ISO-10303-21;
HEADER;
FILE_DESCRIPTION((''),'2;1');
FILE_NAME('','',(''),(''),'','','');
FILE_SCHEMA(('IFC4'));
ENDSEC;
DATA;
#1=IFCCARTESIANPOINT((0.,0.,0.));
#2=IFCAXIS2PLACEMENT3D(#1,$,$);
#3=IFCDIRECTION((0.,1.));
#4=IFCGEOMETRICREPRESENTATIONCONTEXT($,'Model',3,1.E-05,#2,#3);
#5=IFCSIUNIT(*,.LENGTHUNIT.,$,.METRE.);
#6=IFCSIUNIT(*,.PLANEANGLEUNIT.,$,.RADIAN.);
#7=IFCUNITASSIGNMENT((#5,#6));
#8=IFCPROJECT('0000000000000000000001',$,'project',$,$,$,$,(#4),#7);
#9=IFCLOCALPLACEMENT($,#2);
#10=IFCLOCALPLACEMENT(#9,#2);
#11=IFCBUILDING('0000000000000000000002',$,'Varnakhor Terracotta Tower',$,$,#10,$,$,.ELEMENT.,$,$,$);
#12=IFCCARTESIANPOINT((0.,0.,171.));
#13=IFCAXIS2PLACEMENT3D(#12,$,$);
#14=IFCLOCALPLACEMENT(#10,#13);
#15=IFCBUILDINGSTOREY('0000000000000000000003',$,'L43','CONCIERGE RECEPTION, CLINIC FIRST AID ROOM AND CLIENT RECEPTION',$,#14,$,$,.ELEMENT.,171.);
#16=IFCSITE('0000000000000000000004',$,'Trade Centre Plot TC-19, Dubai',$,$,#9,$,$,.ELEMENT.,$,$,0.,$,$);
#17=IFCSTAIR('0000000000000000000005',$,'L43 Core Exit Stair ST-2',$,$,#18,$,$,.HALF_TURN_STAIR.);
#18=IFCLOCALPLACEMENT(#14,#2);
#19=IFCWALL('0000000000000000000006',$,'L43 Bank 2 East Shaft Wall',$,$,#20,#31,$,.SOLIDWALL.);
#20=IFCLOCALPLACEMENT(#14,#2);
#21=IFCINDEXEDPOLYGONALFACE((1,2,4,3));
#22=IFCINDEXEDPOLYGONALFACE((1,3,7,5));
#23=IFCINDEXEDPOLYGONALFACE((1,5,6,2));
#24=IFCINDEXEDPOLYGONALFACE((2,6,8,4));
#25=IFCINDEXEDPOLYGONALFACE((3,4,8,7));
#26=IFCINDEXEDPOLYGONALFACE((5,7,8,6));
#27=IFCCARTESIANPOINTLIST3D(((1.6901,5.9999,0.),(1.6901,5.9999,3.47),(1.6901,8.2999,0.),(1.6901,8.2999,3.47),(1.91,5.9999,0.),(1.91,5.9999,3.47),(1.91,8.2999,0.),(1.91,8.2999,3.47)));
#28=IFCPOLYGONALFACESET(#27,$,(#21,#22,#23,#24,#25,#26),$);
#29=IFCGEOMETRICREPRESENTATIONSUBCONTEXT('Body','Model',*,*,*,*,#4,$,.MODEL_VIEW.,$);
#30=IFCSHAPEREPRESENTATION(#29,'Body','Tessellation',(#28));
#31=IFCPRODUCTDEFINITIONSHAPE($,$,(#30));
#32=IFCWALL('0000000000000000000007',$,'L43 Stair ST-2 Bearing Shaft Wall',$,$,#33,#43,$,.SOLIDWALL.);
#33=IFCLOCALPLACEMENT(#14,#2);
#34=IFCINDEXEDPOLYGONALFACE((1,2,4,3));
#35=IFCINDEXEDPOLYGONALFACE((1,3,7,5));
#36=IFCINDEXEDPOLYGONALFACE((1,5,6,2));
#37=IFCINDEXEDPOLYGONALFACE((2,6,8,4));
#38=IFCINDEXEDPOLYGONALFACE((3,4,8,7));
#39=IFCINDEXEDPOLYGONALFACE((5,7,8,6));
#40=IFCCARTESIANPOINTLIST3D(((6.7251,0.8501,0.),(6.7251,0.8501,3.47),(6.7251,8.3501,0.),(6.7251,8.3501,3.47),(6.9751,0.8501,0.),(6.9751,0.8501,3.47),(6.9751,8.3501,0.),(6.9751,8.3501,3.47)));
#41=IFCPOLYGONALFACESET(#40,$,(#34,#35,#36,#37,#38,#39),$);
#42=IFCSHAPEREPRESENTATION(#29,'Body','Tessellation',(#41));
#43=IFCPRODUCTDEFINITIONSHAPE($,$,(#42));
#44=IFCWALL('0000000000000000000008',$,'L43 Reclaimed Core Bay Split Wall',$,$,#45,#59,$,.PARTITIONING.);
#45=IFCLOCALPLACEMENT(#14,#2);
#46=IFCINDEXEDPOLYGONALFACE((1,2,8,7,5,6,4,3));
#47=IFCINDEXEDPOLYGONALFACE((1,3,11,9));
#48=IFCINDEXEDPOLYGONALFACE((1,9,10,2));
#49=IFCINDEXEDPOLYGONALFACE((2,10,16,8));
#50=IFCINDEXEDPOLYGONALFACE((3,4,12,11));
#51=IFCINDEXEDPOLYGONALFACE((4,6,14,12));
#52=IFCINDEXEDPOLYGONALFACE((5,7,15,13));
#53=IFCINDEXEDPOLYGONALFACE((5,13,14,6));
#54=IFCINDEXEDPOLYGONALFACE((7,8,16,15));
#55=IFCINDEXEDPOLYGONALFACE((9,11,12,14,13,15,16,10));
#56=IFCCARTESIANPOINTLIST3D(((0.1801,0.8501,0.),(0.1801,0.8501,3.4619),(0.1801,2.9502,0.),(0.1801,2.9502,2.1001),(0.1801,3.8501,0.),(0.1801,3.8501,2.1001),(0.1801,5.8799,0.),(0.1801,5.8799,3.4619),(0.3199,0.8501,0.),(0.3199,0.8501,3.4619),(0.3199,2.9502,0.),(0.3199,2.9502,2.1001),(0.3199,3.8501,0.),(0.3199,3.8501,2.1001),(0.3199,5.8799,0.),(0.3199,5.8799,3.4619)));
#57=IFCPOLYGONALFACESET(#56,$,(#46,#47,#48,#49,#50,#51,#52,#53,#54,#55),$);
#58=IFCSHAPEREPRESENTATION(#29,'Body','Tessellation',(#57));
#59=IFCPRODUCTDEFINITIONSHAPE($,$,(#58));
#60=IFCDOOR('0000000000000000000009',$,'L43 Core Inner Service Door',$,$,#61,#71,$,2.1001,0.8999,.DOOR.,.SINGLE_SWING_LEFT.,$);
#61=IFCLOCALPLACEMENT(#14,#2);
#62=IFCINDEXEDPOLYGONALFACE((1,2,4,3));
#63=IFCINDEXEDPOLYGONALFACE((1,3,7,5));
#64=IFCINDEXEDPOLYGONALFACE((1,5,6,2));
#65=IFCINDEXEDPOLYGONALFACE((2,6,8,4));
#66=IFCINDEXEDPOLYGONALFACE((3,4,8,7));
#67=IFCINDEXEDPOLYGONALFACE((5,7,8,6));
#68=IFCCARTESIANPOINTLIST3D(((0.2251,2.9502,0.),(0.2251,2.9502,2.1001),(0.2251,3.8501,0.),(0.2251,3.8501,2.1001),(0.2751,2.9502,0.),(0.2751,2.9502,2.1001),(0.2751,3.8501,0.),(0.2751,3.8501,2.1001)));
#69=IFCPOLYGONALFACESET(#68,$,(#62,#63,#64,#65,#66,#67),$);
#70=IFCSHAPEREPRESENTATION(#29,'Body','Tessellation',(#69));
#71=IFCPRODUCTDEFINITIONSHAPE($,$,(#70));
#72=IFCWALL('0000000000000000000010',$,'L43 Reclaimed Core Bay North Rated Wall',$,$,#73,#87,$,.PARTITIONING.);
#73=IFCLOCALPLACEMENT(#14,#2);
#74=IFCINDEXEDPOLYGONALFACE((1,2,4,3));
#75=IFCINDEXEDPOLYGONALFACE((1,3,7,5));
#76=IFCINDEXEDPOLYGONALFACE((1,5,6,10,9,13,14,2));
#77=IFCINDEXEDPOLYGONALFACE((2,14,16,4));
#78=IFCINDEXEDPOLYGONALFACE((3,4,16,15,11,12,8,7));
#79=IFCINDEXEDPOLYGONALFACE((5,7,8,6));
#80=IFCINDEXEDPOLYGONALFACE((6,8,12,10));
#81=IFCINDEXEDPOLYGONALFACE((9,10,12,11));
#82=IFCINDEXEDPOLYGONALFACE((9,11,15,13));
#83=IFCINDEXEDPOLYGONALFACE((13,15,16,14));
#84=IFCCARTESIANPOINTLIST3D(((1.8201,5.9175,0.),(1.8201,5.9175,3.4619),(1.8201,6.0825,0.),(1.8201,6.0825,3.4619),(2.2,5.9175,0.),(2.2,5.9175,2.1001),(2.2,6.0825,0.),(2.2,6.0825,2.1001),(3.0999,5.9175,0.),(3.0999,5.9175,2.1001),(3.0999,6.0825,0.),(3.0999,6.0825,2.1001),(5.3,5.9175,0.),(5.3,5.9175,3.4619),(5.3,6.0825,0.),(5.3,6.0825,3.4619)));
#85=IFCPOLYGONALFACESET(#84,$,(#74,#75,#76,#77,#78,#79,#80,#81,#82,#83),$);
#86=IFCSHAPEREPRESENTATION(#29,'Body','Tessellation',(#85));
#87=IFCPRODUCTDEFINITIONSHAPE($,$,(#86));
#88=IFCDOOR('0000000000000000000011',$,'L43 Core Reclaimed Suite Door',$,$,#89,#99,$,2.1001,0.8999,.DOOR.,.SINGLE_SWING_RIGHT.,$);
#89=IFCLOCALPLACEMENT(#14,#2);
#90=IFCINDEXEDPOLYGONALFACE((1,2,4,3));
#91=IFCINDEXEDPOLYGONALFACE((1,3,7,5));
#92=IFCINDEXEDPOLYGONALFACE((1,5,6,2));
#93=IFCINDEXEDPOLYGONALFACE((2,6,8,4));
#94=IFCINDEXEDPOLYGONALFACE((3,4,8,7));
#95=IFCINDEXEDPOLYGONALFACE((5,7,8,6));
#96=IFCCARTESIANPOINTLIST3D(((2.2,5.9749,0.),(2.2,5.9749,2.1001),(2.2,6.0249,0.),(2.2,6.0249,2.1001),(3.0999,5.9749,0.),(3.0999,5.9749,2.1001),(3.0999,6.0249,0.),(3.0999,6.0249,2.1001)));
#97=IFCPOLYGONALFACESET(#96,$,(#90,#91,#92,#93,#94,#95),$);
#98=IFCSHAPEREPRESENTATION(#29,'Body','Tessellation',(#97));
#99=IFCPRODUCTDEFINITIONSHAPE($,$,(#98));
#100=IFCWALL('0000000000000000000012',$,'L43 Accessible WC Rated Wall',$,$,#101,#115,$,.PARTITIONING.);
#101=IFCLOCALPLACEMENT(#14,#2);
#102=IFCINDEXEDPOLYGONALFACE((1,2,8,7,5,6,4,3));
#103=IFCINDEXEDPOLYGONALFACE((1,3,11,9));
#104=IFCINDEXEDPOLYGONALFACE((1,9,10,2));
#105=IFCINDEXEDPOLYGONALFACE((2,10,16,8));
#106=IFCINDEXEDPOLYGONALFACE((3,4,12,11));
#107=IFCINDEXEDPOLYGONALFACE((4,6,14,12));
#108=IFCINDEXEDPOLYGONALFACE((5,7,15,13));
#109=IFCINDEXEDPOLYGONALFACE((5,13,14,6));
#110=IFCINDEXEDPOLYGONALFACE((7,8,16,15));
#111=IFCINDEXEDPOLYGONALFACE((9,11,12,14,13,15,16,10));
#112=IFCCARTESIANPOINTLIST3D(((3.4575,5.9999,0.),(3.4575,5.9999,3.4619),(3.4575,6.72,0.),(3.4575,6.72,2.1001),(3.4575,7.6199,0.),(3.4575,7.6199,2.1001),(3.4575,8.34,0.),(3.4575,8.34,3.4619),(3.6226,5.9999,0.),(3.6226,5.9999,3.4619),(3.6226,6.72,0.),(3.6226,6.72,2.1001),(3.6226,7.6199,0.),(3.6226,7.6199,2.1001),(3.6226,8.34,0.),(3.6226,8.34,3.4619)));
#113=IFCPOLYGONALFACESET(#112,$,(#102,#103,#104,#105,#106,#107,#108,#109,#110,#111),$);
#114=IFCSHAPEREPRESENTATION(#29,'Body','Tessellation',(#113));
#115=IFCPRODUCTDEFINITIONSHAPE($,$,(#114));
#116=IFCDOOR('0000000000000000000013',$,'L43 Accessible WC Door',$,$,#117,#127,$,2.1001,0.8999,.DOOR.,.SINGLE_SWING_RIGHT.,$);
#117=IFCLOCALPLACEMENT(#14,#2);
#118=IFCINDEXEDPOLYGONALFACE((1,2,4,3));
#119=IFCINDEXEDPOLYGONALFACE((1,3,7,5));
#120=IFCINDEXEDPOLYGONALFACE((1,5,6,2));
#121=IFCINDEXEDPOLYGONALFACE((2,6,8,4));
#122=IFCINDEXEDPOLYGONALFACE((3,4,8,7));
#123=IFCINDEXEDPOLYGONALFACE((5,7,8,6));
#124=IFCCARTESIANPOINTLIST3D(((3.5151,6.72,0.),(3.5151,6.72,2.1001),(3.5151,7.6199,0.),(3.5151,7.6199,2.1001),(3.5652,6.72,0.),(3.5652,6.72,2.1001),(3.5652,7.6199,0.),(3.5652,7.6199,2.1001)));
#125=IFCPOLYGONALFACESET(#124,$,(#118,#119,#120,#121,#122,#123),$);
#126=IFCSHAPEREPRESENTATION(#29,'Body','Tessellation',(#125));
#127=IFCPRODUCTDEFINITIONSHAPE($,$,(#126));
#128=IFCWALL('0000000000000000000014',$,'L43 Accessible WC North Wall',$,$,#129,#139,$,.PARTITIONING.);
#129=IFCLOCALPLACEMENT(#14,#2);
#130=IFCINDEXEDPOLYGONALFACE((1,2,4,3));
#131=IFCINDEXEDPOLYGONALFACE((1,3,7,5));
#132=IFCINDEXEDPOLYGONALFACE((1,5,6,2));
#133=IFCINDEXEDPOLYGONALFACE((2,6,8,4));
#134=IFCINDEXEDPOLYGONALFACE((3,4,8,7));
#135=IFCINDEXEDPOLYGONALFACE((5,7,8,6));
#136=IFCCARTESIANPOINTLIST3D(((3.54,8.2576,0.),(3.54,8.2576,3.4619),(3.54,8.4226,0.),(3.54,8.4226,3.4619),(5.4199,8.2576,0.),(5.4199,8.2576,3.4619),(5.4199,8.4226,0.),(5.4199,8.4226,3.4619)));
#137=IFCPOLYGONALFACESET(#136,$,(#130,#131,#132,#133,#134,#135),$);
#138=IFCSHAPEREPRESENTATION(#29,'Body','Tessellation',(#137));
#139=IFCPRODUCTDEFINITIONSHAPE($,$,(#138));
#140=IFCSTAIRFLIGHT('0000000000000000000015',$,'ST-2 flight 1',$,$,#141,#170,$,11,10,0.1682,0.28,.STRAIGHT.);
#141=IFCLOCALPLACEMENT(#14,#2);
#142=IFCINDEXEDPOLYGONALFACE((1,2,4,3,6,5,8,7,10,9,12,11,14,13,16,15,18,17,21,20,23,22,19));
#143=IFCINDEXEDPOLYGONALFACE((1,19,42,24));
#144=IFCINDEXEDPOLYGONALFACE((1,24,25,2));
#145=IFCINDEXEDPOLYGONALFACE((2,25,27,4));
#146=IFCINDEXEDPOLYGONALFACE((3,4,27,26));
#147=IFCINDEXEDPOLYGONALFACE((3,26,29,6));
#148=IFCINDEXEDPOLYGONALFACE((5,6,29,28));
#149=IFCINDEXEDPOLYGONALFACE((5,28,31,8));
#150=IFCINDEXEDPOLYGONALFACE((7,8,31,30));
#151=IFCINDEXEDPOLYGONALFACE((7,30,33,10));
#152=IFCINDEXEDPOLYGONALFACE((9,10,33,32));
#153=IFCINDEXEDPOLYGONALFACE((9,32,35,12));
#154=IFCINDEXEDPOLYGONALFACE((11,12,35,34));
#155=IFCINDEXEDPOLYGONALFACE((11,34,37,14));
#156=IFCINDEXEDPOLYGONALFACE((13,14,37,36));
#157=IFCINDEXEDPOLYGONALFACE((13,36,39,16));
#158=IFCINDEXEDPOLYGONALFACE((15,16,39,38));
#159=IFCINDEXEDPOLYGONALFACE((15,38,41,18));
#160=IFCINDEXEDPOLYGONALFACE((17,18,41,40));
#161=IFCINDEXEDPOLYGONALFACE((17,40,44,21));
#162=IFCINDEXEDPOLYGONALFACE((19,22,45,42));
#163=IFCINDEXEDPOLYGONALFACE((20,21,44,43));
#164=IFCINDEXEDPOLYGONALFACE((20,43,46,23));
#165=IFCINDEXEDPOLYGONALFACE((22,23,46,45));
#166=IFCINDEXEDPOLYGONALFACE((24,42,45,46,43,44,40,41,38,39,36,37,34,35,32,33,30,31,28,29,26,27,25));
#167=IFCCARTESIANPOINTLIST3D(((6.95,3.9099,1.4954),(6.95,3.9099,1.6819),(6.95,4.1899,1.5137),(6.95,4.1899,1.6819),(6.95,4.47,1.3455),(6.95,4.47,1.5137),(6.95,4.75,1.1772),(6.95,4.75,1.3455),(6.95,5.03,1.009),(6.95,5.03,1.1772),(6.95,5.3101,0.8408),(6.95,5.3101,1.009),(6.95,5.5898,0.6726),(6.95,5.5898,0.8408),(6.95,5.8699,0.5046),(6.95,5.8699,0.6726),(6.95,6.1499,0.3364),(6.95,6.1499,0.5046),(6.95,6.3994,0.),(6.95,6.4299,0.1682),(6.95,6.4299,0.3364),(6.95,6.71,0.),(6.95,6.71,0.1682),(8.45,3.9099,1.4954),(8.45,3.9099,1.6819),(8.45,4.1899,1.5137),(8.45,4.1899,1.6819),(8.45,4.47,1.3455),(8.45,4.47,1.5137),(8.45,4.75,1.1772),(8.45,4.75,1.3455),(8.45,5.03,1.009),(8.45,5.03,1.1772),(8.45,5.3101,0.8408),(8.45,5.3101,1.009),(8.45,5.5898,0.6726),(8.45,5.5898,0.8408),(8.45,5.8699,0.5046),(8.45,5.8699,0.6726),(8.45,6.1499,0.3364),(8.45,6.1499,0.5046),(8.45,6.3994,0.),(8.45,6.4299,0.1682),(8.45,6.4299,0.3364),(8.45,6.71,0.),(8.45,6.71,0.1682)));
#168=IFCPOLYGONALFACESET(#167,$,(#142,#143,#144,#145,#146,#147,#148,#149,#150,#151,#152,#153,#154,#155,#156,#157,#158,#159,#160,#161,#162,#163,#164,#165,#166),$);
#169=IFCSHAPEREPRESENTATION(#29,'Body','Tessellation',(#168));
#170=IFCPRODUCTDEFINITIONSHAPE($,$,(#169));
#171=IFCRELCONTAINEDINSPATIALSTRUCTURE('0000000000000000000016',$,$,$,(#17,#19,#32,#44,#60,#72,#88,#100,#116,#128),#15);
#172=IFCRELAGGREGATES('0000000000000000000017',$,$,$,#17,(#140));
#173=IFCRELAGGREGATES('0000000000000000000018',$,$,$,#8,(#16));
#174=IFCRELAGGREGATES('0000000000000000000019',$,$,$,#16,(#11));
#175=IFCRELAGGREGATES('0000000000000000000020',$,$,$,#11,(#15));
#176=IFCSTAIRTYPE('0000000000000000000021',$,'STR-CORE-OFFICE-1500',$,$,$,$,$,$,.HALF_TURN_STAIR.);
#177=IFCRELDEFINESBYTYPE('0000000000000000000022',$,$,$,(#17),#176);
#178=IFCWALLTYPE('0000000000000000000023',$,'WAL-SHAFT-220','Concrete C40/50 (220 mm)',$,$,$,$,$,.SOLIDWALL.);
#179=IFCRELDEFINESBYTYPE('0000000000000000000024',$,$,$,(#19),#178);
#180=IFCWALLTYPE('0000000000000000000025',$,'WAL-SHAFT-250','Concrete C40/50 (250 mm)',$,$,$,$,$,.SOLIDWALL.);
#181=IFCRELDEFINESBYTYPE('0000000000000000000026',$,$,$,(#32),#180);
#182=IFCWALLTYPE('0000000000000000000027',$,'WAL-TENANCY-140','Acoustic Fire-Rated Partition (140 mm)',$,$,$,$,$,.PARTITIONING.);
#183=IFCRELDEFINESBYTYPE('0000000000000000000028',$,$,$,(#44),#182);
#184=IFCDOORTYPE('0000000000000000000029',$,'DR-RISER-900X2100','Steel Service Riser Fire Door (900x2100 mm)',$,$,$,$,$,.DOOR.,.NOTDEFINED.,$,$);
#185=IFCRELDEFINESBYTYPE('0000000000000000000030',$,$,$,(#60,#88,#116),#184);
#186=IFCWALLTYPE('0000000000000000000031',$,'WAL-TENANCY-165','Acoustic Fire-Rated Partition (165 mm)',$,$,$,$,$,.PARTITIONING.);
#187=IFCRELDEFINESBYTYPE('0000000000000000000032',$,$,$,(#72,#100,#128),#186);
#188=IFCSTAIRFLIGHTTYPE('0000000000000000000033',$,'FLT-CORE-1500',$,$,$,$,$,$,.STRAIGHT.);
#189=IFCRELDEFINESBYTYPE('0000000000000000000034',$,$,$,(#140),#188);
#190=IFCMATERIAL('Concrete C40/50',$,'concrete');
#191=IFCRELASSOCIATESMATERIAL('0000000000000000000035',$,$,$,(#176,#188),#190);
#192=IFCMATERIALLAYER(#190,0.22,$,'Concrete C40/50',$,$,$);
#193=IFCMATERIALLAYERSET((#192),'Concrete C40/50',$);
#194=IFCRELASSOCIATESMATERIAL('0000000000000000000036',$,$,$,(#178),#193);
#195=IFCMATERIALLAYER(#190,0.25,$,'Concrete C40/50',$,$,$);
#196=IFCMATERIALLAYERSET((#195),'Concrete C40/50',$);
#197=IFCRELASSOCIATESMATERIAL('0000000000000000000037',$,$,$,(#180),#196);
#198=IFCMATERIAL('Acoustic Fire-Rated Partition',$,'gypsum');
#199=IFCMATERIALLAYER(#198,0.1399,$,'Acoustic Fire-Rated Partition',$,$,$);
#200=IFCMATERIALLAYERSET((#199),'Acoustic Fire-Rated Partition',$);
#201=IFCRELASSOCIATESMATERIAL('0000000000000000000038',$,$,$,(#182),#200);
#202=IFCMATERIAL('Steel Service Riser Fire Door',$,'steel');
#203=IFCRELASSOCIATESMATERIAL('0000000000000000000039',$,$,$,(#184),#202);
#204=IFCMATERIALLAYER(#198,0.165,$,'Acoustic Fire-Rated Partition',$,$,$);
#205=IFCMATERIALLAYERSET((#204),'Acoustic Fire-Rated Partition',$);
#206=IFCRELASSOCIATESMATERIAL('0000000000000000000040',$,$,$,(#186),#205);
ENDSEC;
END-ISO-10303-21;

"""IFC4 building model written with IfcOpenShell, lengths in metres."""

from ifc_helpers import new_model, si_unit, direction, frame, frame_2d, origin, place, context, subcontext, project, spatial, polyline, rectangle, outline, extrude, source, transform, mapped, material, layer, layer_set, type_object, type_shapes, element, fill, aggregate, save


model = new_model("IFC4")

# Units and contexts
model_context = context("Model", 3, precision=1e-05, world=origin(), true_north=direction((0.0, 1.0)))
body_context = subcontext(model_context, "Body", "Model", "MODEL_VIEW")
ifc_project = project(units=[si_unit("LENGTHUNIT", "METRE"), si_unit("PLANEANGLEUNIT", "RADIAN")], contexts=[model_context])

# Site, building, storey
site_placement = place(None, origin())
site = spatial("IfcSite", under=ifc_project, at=site_placement, Name="Trade Centre Plot TC-19, Dubai", CompositionType="ELEMENT", RefElevation=0.0)
building_placement = place(site_placement, origin())
building = spatial("IfcBuilding", under=site, at=building_placement, Name="Varnakhor Terracotta Tower", CompositionType="ELEMENT")
storey_placement = place(building_placement, frame((0.0, 0.0, 171.0)))
storey = spatial("IfcBuildingStorey", under=building, at=storey_placement, Name="L43", Description="CONCIERGE RECEPTION, CLINIC FIRST AID ROOM AND CLIENT RECEPTION", CompositionType="ELEMENT", Elevation=171.0)

# Stair
ifc_material_1 = material(Name="Concrete C40/50", Category="concrete")
stair_type = type_object("IfcStairType", Name="STR-CORE-OFFICE-1500", PredefinedType="HALF_TURN_STAIR", material=ifc_material_1)
stair_1_placement = place(storey_placement, origin())
stair_1 = element("IfcStair", 1, at=stair_1_placement, inside=storey, type_object=stair_type, Name="L43 Core Exit Stair ST-2", PredefinedType="HALF_TURN_STAIR")

# Walls
ifc_layer_1 = layer(ifc_material_1, 0.22, Name="Concrete C40/50")
ifc_layer_set_1 = layer_set([ifc_layer_1], Name="Concrete C40/50")
wall_type_1 = type_object("IfcWallType", Name="WAL-SHAFT-220", Description="Concrete C40/50 (220 mm)", PredefinedType="SOLIDWALL", material=ifc_layer_set_1)
wall_1_placement = place(storey_placement, frame((1.8, 6.0, 0.0), z_axis=(0.0, 0.0, 1.0), x_axis=(0.0, 1.0, 0.0)))
element("IfcWall", 2, at=wall_1_placement, inside=storey, type_object=wall_type_1, Name="L43 Bank 2 East Shaft Wall", PredefinedType="SOLIDWALL", context=body_context, shape_type="SweptSolid", body=[
    extrude(rectangle(XDim=2.3, YDim=0.22, at=frame_2d((1.1499, 0.0))), origin(), (0.0, 0.0, 1.0), 3.47),
])
ifc_layer_2 = layer(ifc_material_1, 0.25, Name="Concrete C40/50")
ifc_layer_set_2 = layer_set([ifc_layer_2], Name="Concrete C40/50")
wall_type_2 = type_object("IfcWallType", Name="WAL-SHAFT-250", Description="Concrete C40/50 (250 mm)", PredefinedType="SOLIDWALL", material=ifc_layer_set_2)
wall_2_placement = place(storey_placement, frame((6.8501, 0.8501, 0.0), z_axis=(0.0, 0.0, 1.0), x_axis=(0.0, 1.0, 0.0)))
element("IfcWall", 3, at=wall_2_placement, inside=storey, type_object=wall_type_2, Name="L43 Stair ST-2 Bearing Shaft Wall", PredefinedType="SOLIDWALL", context=body_context, shape_type="SweptSolid", body=[
    extrude(rectangle(XDim=7.5, YDim=0.25, at=frame_2d((3.75, 0.0))), origin(), (0.0, 0.0, 1.0), 3.47),
])

# Walls, openings, doors
ifc_material_2 = material(Name="Acoustic Fire-Rated Partition", Category="gypsum")
ifc_layer_3 = layer(ifc_material_2, 0.1399, Name="Acoustic Fire-Rated Partition")
ifc_layer_set_3 = layer_set([ifc_layer_3], Name="Acoustic Fire-Rated Partition")
wall_type_3 = type_object("IfcWallType", Name="WAL-TENANCY-140", Description="Acoustic Fire-Rated Partition (140 mm)", PredefinedType="PARTITIONING", material=ifc_layer_set_3)
wall_3_placement = place(storey_placement, frame((0.25, 0.8501, 0.0), z_axis=(0.0, 0.0, 1.0), x_axis=(0.0, 1.0, 0.0)))
wall_3 = element("IfcWall", 4, at=wall_3_placement, inside=storey, type_object=wall_type_3, Name="L43 Reclaimed Core Bay Split Wall", PredefinedType="PARTITIONING", context=body_context, shape_type="SweptSolid", body=[
    extrude(rectangle(XDim=5.0298, YDim=0.1399, at=frame_2d((2.5149, 0.0))), origin(), (0.0, 0.0, 1.0), 3.4619),
])
opening_1_placement = place(wall_3_placement, frame((2.1001, 0.0, 0.0)))
opening_1 = element("IfcOpeningElement", 5, at=opening_1_placement, cuts=wall_3, PredefinedType="OPENING", context=body_context, shape_type="SweptSolid", body=[
    extrude(rectangle(XDim=0.8999, YDim=2.1001, at=frame_2d((0.45, 1.05))), frame((0.0, 0.0801, 0.0), z_axis=(0.0, -1.0, 0.0), x_axis=(1.0, 0.0, 0.0)), (0.0, 0.0, 1.0), 0.1599),
])
ifc_material_3 = material(Name="Steel Service Riser Fire Door", Category="steel")
door_type_1 = type_object("IfcDoorType", Name="DR-RISER-900X2100", Description="Steel Service Riser Fire Door (900x2100 mm)", OperationType="NOTDEFINED", PredefinedType="DOOR", material=ifc_material_3)
shared_shape_1 = source(origin(), body_context, "Body", "SweptSolid", [
    extrude(rectangle(XDim=0.8999, YDim=2.1001, at=frame_2d((0.45, 1.05))), frame((0.0, 0.0249, 0.0), z_axis=(0.0, -1.0, 0.0), x_axis=(1.0, 0.0, 0.0)), (0.0, 0.0, 1.0), 0.05),
])
type_shapes(door_type_1, [shared_shape_1])
door_1_placement = place(opening_1_placement, origin())
door_1 = element("IfcDoor", 6, at=door_1_placement, inside=storey, type_object=door_type_1, Name="L43 Core Inner Service Door", OperationType="SINGLE_SWING_LEFT", OverallHeight=2.1001, OverallWidth=0.8999, PredefinedType="DOOR", context=body_context, shape_type="MappedRepresentation", body=[
    mapped(shared_shape_1, transform((0.0, 0.0, 0.0), scale=1.0)),
])
fill(opening_1, door_1)
ifc_layer_4 = layer(ifc_material_2, 0.165, Name="Acoustic Fire-Rated Partition")
ifc_layer_set_4 = layer_set([ifc_layer_4], Name="Acoustic Fire-Rated Partition")
wall_type_4 = type_object("IfcWallType", Name="WAL-TENANCY-165", Description="Acoustic Fire-Rated Partition (165 mm)", PredefinedType="PARTITIONING", material=ifc_layer_set_4)
wall_4_placement = place(storey_placement, frame((1.8201, 6.0, 0.0), z_axis=(0.0, 0.0, 1.0), x_axis=(1.0, 0.0, 0.0)))
wall_4 = element("IfcWall", 7, at=wall_4_placement, inside=storey, type_object=wall_type_4, Name="L43 Reclaimed Core Bay North Rated Wall", PredefinedType="PARTITIONING", context=body_context, shape_type="SweptSolid", body=[
    extrude(rectangle(XDim=3.48, YDim=0.165, at=frame_2d((1.74, 0.0))), origin(), (0.0, 0.0, 1.0), 3.4619),
])
opening_2_placement = place(wall_4_placement, frame((0.3799, 0.0, 0.0)))
opening_2 = element("IfcOpeningElement", 8, at=opening_2_placement, cuts=wall_4, PredefinedType="OPENING", context=body_context, shape_type="SweptSolid", body=[
    extrude(rectangle(XDim=0.8999, YDim=2.1001, at=frame_2d((0.45, 1.05))), frame((0.0, 0.0925, 0.0), z_axis=(0.0, -1.0, 0.0), x_axis=(1.0, 0.0, 0.0)), (0.0, 0.0, 1.0), 0.1851),
])
door_2_placement = place(opening_2_placement, origin())
door_2 = element("IfcDoor", 9, at=door_2_placement, inside=storey, type_object=door_type_1, Name="L43 Core Reclaimed Suite Door", OperationType="SINGLE_SWING_RIGHT", OverallHeight=2.1001, OverallWidth=0.8999, PredefinedType="DOOR", context=body_context, shape_type="MappedRepresentation", body=[
    mapped(shared_shape_1, transform((0.0, 0.0, 0.0), scale=1.0)),
])
fill(opening_2, door_2)
wall_5_placement = place(storey_placement, frame((3.54, 6.0, 0.0), z_axis=(0.0, 0.0, 1.0), x_axis=(0.0, 1.0, 0.0)))
wall_5 = element("IfcWall", 10, at=wall_5_placement, inside=storey, type_object=wall_type_4, Name="L43 Accessible WC Rated Wall", PredefinedType="PARTITIONING", context=body_context, shape_type="SweptSolid", body=[
    extrude(rectangle(XDim=2.3401, YDim=0.165, at=frame_2d((1.1699, 0.0))), origin(), (0.0, 0.0, 1.0), 3.4619),
])
opening_3_placement = place(wall_5_placement, frame((0.72, 0.0, 0.0)))
opening_3 = element("IfcOpeningElement", 11, at=opening_3_placement, cuts=wall_5, PredefinedType="OPENING", context=body_context, shape_type="SweptSolid", body=[
    extrude(rectangle(XDim=0.8999, YDim=2.1001, at=frame_2d((0.45, 1.05))), frame((0.0, 0.0925, 0.0), z_axis=(0.0, -1.0, 0.0), x_axis=(1.0, 0.0, 0.0)), (0.0, 0.0, 1.0), 0.1851),
])
door_3_placement = place(opening_3_placement, origin())
door_3 = element("IfcDoor", 12, at=door_3_placement, inside=storey, type_object=door_type_1, Name="L43 Accessible WC Door", OperationType="SINGLE_SWING_RIGHT", OverallHeight=2.1001, OverallWidth=0.8999, PredefinedType="DOOR", context=body_context, shape_type="MappedRepresentation", body=[
    mapped(shared_shape_1, transform((0.0, 0.0, 0.0), scale=1.0)),
])
fill(opening_3, door_3)

# Wall
wall_6_placement = place(storey_placement, frame((3.54, 8.3401, 0.0), z_axis=(0.0, 0.0, 1.0), x_axis=(1.0, 0.0, 0.0)))
element("IfcWall", 13, at=wall_6_placement, inside=storey, type_object=wall_type_4, Name="L43 Accessible WC North Wall", PredefinedType="PARTITIONING", context=body_context, shape_type="SweptSolid", body=[
    extrude(rectangle(XDim=1.8799, YDim=0.165, at=frame_2d((0.9399, 0.0))), origin(), (0.0, 0.0, 1.0), 3.4619),
])

# Stair flight
stair_flight_type = type_object("IfcStairFlightType", Name="FLT-CORE-1500", PredefinedType="STRAIGHT", material=ifc_material_1)
stair_flight_placement = place(storey_placement, frame((7.7, 6.71, 0.0), z_axis=(0.0, 0.0, 1.0), x_axis=(0.0, -1.0, 0.0)))
stair_flight = element("IfcStairFlight", 14, at=stair_flight_placement, type_object=stair_flight_type, Name="ST-2 flight 1", NumberOfRisers=11, NumberOfTreads=10, PredefinedType="STRAIGHT", RiserHeight=0.1682, TreadLength=0.28, context=body_context, shape_type="SweptSolid", body=[
    extrude(outline(polyline([(0.0, 0.0), (0.0, 0.1682), (0.28, 0.1682), (0.28, 0.3364), (0.5601, 0.3364), (0.5601, 0.5046), (0.8401, 0.5046), (0.8401, 0.6726), (1.1201, 0.6726), (1.1201, 0.8408), (1.3999, 0.8408), (1.3999, 1.009), (1.6799, 1.009), (1.6799, 1.1772), (1.96, 1.1772), (1.96, 1.3455), (2.24, 1.3455), (2.24, 1.5137), (2.52, 1.5137), (2.52, 1.6819), (2.8, 1.6819), (2.8, 1.8501), (2.8, 1.4954), (0.3105, 0.0), (0.0, 0.0)])), frame((0.0, 0.75, 0.0), z_axis=(0.0, -1.0, 0.0), x_axis=(1.0, 0.0, 0.0)), (0.0, 0.0, 1.0), 1.5),
])
aggregate(stair_1, [stair_flight])

save(model, "model.ifc")
